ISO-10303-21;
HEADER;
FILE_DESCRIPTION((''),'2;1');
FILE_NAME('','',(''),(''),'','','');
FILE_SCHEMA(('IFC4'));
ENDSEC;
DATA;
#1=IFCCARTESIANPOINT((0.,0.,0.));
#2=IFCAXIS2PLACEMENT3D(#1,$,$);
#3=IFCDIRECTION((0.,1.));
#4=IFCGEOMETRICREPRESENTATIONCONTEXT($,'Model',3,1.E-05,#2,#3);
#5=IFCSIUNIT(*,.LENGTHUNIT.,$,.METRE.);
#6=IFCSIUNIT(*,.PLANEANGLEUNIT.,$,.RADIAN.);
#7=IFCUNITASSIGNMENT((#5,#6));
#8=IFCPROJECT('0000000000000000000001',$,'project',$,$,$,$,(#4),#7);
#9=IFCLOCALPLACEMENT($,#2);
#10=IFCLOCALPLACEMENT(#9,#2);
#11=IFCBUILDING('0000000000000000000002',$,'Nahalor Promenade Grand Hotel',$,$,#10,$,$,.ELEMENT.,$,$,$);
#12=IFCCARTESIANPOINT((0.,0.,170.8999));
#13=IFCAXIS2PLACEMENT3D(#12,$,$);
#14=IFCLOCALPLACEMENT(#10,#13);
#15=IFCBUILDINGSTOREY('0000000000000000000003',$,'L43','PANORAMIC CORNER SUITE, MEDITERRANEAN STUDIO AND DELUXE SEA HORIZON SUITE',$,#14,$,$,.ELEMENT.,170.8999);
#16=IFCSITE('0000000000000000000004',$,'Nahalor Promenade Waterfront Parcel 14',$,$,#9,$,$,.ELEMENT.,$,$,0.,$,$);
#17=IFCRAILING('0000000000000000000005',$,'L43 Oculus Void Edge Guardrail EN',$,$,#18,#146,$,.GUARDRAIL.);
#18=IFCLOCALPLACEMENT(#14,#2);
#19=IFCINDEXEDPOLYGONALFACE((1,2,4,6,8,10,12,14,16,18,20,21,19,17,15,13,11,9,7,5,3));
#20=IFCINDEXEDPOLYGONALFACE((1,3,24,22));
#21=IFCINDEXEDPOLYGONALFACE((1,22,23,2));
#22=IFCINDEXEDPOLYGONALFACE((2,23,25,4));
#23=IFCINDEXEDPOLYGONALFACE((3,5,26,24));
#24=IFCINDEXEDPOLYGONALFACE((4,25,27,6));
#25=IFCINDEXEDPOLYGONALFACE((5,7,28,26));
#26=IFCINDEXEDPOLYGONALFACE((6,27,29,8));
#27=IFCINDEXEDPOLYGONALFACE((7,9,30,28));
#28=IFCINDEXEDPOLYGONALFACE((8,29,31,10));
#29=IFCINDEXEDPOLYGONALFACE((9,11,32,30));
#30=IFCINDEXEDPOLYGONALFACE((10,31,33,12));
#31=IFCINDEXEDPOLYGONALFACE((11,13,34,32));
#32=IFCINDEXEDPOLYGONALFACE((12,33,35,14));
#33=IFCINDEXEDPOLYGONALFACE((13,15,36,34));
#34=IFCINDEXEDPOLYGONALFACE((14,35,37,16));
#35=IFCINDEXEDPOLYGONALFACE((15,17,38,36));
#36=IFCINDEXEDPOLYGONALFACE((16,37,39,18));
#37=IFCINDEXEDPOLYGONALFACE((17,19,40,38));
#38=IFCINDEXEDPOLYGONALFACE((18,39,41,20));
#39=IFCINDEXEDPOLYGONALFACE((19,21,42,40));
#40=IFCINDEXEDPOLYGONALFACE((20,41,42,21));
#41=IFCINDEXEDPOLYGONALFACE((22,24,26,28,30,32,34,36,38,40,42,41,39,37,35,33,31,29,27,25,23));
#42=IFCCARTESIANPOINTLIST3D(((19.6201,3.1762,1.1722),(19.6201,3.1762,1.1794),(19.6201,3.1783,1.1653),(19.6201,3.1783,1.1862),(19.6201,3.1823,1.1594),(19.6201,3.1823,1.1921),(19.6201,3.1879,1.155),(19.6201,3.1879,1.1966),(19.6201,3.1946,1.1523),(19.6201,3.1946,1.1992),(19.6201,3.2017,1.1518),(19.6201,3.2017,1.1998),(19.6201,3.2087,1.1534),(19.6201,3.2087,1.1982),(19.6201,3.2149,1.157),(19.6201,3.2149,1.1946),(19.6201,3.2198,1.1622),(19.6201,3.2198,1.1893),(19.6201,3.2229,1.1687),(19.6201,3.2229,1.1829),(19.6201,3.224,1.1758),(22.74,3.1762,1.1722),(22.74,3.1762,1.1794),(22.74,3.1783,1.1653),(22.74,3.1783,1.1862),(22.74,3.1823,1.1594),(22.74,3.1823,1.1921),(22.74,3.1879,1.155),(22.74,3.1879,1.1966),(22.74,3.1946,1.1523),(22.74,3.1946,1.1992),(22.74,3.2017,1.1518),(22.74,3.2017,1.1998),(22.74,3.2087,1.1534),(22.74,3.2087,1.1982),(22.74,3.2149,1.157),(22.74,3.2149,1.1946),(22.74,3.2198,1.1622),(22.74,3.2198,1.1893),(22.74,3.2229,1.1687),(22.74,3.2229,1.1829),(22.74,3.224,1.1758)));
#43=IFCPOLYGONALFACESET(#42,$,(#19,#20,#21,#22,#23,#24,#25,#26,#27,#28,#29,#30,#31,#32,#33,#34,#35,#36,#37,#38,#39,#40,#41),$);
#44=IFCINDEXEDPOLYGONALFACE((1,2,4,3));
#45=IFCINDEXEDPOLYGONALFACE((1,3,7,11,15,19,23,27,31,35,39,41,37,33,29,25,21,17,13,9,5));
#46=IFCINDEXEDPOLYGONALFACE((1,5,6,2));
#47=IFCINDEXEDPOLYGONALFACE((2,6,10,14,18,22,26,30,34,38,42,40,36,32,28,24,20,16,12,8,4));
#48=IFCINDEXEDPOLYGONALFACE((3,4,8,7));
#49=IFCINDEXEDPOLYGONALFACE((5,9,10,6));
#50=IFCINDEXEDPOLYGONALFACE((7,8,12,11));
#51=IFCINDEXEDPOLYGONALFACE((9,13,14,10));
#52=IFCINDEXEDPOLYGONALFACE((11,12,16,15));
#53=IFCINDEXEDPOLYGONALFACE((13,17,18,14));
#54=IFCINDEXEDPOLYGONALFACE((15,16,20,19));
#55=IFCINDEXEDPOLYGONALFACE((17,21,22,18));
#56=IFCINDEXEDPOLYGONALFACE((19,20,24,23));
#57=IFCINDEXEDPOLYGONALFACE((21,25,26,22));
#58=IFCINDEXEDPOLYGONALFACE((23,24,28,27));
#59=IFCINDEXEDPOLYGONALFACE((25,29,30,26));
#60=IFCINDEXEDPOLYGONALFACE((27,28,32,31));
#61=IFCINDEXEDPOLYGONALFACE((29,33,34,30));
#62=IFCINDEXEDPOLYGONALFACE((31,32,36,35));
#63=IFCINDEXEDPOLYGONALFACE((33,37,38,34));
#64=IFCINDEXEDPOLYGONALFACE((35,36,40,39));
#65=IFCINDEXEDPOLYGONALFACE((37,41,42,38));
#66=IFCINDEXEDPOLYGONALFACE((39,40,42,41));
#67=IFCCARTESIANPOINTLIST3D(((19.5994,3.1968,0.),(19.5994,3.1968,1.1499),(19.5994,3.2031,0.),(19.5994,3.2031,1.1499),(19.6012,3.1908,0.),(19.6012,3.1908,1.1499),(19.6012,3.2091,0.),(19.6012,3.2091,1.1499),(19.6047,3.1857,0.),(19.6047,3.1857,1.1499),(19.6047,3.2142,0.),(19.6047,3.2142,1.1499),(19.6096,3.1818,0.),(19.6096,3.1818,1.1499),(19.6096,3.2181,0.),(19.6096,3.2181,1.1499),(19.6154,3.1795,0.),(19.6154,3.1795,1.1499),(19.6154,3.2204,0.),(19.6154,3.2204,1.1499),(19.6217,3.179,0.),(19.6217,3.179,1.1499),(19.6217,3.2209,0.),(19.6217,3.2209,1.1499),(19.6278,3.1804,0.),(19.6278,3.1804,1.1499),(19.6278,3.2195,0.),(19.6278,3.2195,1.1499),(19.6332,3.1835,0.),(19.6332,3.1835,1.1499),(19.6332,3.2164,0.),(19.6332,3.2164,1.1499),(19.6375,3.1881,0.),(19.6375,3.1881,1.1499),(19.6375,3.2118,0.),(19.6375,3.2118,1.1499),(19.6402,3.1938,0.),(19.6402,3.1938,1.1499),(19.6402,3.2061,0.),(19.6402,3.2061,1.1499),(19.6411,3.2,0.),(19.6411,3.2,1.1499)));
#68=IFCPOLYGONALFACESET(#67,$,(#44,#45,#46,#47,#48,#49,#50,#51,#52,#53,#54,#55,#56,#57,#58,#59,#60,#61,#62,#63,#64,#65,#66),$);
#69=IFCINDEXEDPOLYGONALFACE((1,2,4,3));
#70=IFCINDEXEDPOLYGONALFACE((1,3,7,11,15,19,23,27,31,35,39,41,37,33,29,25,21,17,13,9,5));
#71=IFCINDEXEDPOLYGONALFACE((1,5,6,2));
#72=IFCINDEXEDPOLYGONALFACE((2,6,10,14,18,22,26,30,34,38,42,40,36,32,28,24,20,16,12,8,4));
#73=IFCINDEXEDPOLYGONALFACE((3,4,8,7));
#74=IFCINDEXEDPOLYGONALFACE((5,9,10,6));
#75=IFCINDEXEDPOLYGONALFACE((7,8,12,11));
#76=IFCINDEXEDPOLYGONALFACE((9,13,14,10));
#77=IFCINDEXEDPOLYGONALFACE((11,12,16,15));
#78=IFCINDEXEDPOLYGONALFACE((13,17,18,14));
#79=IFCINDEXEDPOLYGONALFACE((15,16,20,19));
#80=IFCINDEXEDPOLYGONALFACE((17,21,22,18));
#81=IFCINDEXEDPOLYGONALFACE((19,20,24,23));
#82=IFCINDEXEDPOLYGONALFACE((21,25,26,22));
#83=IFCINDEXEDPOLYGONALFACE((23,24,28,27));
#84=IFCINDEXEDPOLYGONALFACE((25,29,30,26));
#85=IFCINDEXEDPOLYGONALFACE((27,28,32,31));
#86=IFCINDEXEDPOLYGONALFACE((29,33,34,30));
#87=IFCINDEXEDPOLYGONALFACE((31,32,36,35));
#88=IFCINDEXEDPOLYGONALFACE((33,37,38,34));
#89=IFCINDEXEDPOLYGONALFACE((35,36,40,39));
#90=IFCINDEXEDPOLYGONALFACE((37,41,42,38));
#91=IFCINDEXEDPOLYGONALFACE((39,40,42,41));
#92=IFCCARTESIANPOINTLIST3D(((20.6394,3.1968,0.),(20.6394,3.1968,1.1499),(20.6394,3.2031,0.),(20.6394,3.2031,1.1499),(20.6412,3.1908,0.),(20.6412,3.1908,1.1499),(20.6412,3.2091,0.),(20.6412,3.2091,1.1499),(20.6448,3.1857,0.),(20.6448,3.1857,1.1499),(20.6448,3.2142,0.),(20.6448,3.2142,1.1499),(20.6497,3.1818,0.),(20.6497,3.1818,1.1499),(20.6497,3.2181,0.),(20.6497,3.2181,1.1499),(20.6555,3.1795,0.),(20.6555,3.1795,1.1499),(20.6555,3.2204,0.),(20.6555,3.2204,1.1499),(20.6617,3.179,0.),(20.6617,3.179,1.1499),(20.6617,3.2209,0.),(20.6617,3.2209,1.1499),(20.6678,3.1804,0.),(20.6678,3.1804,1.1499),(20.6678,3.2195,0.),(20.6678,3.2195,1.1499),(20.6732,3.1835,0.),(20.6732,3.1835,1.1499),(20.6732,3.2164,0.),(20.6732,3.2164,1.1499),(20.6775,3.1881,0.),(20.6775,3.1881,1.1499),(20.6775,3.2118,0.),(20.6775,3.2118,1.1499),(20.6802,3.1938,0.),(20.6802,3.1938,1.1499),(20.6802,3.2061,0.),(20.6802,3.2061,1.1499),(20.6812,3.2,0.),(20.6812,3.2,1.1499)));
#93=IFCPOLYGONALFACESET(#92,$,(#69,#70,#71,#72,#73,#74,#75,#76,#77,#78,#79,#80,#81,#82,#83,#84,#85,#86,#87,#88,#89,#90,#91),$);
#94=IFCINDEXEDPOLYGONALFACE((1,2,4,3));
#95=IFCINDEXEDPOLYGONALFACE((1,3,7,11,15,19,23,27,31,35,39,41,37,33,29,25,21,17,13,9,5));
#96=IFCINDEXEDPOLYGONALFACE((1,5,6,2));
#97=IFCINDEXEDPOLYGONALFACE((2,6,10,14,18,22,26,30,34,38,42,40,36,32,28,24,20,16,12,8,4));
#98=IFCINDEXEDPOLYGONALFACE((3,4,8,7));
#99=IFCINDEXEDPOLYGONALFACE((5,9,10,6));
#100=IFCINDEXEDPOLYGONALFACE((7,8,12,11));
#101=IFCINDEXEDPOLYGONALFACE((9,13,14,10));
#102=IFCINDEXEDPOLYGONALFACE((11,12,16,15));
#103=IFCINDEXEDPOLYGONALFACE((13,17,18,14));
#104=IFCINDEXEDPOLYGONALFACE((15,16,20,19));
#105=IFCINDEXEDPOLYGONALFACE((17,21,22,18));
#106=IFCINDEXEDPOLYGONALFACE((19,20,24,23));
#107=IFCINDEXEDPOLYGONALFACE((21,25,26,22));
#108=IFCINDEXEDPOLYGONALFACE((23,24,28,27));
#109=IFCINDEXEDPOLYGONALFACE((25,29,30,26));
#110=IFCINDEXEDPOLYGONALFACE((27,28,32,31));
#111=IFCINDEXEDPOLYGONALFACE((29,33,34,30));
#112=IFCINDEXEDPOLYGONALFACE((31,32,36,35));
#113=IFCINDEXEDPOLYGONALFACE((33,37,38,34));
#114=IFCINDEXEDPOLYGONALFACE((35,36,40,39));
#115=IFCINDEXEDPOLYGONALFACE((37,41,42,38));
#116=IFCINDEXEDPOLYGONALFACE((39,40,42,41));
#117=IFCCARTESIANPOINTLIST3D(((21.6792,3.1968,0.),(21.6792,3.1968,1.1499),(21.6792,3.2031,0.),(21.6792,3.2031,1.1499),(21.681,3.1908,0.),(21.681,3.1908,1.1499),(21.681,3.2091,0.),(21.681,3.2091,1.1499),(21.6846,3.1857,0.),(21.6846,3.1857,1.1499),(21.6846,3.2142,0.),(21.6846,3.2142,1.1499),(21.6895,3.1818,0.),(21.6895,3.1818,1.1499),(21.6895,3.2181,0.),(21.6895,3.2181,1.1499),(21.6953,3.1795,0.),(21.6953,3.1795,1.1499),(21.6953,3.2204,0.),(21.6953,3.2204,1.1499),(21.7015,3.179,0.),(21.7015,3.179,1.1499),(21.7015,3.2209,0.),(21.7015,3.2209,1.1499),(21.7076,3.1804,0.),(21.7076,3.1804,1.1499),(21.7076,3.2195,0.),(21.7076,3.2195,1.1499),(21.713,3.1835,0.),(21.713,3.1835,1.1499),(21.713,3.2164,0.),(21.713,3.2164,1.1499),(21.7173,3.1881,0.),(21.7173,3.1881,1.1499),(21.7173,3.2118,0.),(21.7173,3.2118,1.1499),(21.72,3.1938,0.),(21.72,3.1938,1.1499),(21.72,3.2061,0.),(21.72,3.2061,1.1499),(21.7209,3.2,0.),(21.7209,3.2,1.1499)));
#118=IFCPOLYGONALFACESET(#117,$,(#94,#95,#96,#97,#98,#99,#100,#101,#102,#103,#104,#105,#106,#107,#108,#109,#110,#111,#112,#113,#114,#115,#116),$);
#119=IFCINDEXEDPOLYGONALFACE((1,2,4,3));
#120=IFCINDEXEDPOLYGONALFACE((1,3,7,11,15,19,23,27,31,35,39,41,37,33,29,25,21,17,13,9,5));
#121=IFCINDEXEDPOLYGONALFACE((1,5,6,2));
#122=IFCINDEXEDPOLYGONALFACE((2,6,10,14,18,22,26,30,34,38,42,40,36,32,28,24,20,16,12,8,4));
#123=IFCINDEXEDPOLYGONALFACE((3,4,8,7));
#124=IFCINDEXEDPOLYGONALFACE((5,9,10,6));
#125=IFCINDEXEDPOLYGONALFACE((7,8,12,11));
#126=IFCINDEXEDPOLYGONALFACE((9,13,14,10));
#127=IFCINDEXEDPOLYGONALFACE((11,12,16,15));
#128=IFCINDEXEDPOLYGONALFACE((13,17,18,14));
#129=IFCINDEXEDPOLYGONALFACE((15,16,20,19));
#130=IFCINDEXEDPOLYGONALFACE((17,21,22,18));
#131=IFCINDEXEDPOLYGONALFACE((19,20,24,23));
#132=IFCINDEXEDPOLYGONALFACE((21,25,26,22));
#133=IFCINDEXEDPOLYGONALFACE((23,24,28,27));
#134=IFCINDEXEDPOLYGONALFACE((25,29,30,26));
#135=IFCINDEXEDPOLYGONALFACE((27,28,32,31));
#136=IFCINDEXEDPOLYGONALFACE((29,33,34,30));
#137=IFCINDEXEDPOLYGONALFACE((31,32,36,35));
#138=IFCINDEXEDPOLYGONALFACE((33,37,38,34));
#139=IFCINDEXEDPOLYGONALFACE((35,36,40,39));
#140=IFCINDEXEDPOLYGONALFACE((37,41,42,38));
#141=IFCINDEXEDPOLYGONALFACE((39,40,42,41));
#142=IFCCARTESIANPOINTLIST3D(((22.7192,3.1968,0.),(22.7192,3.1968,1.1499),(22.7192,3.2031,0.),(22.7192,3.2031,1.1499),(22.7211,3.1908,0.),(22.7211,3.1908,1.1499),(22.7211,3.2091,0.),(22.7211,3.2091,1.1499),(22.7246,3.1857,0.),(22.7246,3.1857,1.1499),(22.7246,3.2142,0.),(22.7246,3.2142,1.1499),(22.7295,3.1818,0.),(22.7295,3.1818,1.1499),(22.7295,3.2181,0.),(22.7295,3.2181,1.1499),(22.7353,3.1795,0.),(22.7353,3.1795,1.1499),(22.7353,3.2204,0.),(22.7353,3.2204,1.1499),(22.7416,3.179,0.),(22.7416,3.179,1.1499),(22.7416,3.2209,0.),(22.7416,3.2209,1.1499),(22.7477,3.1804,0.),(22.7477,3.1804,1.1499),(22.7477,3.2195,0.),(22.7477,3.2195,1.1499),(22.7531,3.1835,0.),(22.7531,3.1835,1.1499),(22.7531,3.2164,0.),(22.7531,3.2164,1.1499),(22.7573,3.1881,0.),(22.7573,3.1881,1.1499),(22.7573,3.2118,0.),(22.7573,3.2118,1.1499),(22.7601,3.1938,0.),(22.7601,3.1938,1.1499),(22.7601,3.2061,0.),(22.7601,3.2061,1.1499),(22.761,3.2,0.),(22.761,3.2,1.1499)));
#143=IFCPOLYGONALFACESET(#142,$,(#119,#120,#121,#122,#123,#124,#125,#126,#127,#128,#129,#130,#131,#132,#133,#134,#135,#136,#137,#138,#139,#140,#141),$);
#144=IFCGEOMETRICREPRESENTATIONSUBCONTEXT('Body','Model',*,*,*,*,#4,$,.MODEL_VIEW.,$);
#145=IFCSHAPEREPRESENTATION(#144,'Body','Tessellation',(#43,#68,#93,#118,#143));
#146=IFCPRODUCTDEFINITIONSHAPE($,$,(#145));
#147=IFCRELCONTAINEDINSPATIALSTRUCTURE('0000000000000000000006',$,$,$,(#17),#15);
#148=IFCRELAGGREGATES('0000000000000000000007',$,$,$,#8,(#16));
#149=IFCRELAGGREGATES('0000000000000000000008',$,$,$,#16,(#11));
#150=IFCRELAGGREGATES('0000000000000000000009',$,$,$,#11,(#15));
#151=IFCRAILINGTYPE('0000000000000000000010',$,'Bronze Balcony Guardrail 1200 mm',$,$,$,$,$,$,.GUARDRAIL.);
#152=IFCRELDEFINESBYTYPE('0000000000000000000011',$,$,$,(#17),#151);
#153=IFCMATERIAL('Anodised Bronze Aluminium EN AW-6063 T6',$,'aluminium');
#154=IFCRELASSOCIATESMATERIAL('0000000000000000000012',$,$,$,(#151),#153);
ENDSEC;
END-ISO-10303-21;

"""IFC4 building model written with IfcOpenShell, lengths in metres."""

from ifc_helpers import new_model, si_unit, direction, frame, origin, origin_2d, place, context, subcontext, project, spatial, circle, extrude, material, type_object, element, save


model = new_model("IFC4")

# Units and contexts
model_context = context("Model", 3, precision=1e-05, world=origin(), true_north=direction((0.0, 1.0)))
body_context = subcontext(model_context, "Body", "Model", "MODEL_VIEW")
ifc_project = project(units=[si_unit("LENGTHUNIT", "METRE"), si_unit("PLANEANGLEUNIT", "RADIAN")], contexts=[model_context])

# Site, building, storey
site_placement = place(None, origin())
site = spatial("IfcSite", under=ifc_project, at=site_placement, Name="Nahalor Promenade Waterfront Parcel 14", CompositionType="ELEMENT", RefElevation=0.0)
building_placement = place(site_placement, origin())
building = spatial("IfcBuilding", under=site, at=building_placement, Name="Nahalor Promenade Grand Hotel", CompositionType="ELEMENT")
storey_placement = place(building_placement, frame((0.0, 0.0, 170.8999)))
storey = spatial("IfcBuildingStorey", under=building, at=storey_placement, Name="L43", Description="PANORAMIC CORNER SUITE, MEDITERRANEAN STUDIO AND DELUXE SEA HORIZON SUITE", CompositionType="ELEMENT", Elevation=170.8999)

# Shared definitions
ifc_material_1 = material(Name="Anodised Bronze Aluminium EN AW-6063 T6", Category="aluminium")

# Railing
railing_type = type_object("IfcRailingType", Name="Bronze Balcony Guardrail 1200 mm", PredefinedType="GUARDRAIL", material=ifc_material_1)
for number, where, name in (
    (1, (19.6201, 3.2, 0.0), "L43 Oculus Void Edge Guardrail EN"),
):
    element("IfcRailing", number, at=place(storey_placement, frame(where)), inside=storey, type_object=railing_type, Name=name, PredefinedType="GUARDRAIL", context=body_context, shape_type="SweptSolid", body=[
        extrude(circle(Radius=0.024, at=origin_2d()), frame((0.0, 0.0, 1.1758), z_axis=(1.0, 0.0, 0.0), x_axis=(0.0, 1.0, 0.0)), (0.0, 0.0, 1.0), 3.1199),
        extrude(circle(Radius=0.021, at=origin_2d()), origin(), (0.0, 0.0, 1.0), 1.1499),
        extrude(circle(Radius=0.021, at=origin_2d()), frame((1.04, 0.0, 0.0)), (0.0, 0.0, 1.0), 1.1499),
        extrude(circle(Radius=0.021, at=origin_2d()), frame((2.0798, 0.0, 0.0)), (0.0, 0.0, 1.0), 1.1499),
        extrude(circle(Radius=0.021, at=origin_2d()), frame((3.1199, 0.0, 0.0)), (0.0, 0.0, 1.0), 1.1499),
    ])

save(model, "model.ifc")
